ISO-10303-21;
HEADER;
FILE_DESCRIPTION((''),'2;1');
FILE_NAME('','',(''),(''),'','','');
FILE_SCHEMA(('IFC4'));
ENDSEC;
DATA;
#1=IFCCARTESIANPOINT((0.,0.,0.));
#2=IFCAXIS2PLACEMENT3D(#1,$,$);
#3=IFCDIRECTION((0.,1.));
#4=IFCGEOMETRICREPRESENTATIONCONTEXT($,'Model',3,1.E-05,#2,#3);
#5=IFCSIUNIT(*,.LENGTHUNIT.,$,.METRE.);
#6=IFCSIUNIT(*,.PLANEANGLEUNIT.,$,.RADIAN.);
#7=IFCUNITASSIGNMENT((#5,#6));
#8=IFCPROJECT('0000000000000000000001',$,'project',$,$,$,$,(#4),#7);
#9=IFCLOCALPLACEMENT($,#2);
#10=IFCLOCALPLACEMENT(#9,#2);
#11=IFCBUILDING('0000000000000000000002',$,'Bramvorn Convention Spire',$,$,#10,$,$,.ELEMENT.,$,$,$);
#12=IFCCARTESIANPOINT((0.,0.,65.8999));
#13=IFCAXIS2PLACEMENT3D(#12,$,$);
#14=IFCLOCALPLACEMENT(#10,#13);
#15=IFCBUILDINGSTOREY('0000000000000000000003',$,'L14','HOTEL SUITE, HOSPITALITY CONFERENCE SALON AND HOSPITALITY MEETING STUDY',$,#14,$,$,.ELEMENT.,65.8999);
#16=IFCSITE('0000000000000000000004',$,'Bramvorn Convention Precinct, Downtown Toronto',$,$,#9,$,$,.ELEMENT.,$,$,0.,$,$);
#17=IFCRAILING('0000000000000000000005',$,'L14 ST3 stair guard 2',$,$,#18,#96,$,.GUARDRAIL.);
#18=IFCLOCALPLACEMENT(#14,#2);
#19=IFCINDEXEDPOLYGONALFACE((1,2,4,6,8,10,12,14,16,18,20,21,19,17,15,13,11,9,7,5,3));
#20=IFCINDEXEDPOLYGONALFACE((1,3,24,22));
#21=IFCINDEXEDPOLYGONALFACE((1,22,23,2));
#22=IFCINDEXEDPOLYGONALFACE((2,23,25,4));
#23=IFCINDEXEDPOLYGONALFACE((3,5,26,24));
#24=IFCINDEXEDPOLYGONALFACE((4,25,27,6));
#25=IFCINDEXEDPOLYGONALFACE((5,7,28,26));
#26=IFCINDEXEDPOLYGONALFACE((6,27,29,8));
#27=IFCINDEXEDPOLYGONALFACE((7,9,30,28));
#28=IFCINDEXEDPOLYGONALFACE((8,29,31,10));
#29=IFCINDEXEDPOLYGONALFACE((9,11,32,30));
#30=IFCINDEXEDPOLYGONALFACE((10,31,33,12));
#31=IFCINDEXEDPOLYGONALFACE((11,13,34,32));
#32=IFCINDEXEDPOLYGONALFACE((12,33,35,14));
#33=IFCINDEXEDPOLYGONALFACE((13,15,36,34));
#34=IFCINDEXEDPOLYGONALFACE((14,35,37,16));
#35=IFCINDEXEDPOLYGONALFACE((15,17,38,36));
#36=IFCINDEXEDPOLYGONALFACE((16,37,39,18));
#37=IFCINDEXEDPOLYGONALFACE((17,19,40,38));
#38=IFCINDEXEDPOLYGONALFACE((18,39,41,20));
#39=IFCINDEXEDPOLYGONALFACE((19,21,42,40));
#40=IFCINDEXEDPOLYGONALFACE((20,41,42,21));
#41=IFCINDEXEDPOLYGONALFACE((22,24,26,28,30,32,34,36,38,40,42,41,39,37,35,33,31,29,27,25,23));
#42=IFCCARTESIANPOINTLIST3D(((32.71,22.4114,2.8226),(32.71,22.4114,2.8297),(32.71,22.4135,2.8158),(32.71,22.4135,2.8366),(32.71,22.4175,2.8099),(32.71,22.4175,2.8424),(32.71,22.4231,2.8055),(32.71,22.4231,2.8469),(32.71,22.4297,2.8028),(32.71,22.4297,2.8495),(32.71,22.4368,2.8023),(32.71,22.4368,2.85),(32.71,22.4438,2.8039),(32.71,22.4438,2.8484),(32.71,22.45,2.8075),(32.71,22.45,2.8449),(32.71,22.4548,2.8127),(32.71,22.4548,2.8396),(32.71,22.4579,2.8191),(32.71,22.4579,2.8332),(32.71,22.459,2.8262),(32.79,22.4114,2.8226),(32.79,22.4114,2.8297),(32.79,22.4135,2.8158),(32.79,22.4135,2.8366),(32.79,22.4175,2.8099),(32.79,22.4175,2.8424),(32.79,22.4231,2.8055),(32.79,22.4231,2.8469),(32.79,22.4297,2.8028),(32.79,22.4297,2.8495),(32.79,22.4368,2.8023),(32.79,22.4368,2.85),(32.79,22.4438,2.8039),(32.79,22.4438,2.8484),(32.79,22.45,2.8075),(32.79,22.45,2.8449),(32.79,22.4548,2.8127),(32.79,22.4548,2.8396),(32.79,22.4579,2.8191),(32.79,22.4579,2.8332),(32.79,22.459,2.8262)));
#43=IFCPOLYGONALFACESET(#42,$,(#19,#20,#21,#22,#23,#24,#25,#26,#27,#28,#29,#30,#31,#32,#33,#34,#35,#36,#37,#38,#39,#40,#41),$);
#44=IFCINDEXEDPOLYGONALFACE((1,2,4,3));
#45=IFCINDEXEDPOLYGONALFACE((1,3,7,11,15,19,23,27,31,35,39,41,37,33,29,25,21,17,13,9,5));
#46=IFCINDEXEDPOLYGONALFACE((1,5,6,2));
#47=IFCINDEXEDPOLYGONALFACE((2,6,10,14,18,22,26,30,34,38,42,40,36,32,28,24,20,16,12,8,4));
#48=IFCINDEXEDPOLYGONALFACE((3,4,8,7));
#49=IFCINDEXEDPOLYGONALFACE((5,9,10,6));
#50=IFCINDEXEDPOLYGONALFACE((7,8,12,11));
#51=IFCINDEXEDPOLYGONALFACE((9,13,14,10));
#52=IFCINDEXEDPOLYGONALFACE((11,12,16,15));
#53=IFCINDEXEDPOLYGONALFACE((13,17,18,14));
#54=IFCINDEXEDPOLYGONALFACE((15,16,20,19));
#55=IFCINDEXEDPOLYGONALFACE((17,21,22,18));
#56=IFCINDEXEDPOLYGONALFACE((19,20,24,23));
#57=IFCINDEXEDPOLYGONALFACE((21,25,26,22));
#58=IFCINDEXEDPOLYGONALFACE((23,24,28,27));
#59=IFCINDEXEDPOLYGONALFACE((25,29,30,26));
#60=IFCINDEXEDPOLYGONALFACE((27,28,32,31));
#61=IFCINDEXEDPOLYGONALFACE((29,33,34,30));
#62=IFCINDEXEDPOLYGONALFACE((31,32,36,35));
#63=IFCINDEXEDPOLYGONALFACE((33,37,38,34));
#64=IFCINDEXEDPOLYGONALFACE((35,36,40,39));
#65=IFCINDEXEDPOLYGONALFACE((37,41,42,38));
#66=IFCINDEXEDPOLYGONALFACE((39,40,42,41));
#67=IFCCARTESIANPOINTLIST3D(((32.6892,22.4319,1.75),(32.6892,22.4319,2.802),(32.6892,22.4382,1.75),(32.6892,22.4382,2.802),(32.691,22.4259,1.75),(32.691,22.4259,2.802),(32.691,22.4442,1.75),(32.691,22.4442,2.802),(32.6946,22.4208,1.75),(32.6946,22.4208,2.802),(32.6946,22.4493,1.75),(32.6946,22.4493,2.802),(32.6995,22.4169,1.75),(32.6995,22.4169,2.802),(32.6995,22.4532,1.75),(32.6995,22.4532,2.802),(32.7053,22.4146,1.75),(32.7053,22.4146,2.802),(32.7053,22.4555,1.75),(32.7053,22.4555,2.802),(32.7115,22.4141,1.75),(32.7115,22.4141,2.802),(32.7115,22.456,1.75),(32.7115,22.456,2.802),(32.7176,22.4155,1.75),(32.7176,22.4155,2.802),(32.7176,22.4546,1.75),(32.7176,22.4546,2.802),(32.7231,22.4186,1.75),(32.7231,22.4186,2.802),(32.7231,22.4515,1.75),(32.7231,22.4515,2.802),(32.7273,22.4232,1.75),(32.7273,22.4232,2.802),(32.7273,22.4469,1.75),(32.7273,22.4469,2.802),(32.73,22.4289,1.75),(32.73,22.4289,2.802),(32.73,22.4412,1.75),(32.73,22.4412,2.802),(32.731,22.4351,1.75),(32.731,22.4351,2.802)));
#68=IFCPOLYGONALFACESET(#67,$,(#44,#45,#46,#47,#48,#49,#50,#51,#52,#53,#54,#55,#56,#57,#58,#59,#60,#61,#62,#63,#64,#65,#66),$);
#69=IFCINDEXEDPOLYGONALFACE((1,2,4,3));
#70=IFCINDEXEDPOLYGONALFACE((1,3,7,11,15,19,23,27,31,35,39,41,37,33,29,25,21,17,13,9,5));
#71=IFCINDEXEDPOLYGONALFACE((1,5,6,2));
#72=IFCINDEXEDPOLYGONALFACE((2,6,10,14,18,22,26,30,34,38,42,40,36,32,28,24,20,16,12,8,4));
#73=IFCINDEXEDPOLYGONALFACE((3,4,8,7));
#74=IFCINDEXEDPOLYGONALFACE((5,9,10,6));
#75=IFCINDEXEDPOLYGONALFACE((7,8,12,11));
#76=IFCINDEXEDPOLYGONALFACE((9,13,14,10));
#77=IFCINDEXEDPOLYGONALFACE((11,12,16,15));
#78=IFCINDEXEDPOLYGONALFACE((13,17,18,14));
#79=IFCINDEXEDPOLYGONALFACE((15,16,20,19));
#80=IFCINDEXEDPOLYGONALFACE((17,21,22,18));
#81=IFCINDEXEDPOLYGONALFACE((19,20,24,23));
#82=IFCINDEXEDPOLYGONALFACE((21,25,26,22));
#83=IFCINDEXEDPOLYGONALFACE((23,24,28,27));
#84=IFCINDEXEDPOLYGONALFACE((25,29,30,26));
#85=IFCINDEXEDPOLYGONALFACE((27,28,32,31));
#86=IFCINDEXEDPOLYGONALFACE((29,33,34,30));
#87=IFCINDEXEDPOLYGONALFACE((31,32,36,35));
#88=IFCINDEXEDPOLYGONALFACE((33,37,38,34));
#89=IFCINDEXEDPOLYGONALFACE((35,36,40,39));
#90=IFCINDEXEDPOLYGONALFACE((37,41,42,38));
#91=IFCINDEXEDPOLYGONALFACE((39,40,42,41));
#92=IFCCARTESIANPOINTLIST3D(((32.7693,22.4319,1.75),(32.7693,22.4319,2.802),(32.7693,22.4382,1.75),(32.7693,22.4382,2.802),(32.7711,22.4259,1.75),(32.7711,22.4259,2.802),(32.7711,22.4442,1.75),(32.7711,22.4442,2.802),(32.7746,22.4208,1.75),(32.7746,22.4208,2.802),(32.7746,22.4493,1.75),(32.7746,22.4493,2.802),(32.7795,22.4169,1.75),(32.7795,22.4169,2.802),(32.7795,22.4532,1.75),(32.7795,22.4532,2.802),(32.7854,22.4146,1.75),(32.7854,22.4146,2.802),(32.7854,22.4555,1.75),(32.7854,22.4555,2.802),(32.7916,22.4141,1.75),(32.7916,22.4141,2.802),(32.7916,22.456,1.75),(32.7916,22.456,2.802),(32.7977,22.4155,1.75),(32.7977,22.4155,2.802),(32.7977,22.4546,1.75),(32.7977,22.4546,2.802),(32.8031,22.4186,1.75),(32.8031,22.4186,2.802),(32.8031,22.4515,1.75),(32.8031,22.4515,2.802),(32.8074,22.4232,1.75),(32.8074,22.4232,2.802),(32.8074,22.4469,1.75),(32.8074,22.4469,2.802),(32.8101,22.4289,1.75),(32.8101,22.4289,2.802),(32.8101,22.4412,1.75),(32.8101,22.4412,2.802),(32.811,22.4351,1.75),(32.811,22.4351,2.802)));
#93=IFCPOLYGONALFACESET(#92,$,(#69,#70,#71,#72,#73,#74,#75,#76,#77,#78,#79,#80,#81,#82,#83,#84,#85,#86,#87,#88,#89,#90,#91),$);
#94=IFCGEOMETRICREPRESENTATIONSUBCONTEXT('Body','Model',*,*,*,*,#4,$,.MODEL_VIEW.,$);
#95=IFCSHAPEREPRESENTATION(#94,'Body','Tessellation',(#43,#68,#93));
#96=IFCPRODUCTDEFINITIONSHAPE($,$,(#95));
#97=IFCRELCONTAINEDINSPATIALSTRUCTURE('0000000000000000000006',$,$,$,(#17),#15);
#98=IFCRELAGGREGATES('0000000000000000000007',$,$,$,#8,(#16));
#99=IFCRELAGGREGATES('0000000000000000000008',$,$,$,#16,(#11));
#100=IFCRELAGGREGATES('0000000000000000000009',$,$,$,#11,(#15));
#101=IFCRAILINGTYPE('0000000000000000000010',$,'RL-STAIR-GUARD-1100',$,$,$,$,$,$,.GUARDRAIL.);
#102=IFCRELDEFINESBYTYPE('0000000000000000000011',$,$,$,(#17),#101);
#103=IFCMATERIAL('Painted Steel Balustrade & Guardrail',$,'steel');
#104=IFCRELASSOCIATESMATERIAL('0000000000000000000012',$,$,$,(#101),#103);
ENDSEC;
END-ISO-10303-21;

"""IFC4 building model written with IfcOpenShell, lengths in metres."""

from ifc_helpers import new_model, si_unit, direction, frame, origin, origin_2d, place, context, subcontext, project, spatial, circle, extrude, material, type_object, element, save


model = new_model("IFC4")

# Units and contexts
model_context = context("Model", 3, precision=1e-05, world=origin(), true_north=direction((0.0, 1.0)))
body_context = subcontext(model_context, "Body", "Model", "MODEL_VIEW")
ifc_project = project(units=[si_unit("LENGTHUNIT", "METRE"), si_unit("PLANEANGLEUNIT", "RADIAN")], contexts=[model_context])

# Site, building, storey
site_placement = place(None, origin())
site = spatial("IfcSite", under=ifc_project, at=site_placement, Name="Bramvorn Convention Precinct, Downtown Toronto", CompositionType="ELEMENT", RefElevation=0.0)
building_placement = place(site_placement, origin())
building = spatial("IfcBuilding", under=site, at=building_placement, Name="Bramvorn Convention Spire", CompositionType="ELEMENT")
storey_placement = place(building_placement, frame((0.0, 0.0, 65.8999)))
storey = spatial("IfcBuildingStorey", under=building, at=storey_placement, Name="L14", Description="HOTEL SUITE, HOSPITALITY CONFERENCE SALON AND HOSPITALITY MEETING STUDY", CompositionType="ELEMENT", Elevation=65.8999)

# Railing
ifc_material_1 = material(Name="Painted Steel Balustrade & Guardrail", Category="steel")
railing_type_1 = type_object("IfcRailingType", Name="RL-STAIR-GUARD-1100", PredefinedType="GUARDRAIL", material=ifc_material_1)
railing_1_placement = place(storey_placement, frame((32.71, 22.4351, 1.75)))
element("IfcRailing", 1, at=railing_1_placement, inside=storey, type_object=railing_type_1, Name="L14 ST3 stair guard 2", PredefinedType="GUARDRAIL", context=body_context, shape_type="SweptSolid", body=[
    extrude(circle(Radius=0.0239, at=origin_2d()), frame((0.0, 0.0, 1.0762), z_axis=(1.0, 0.0, 0.0), x_axis=(0.0, 1.0, 0.0)), (0.0, 0.0, 1.0), 0.0801),
    extrude(circle(Radius=0.021, at=origin_2d()), origin(), (0.0, 0.0, 1.0), 1.052),
    extrude(circle(Radius=0.021, at=origin_2d()), frame((0.0801, 0.0, 0.0)), (0.0, 0.0, 1.0), 1.052),
])

save(model, "model.ifc")
